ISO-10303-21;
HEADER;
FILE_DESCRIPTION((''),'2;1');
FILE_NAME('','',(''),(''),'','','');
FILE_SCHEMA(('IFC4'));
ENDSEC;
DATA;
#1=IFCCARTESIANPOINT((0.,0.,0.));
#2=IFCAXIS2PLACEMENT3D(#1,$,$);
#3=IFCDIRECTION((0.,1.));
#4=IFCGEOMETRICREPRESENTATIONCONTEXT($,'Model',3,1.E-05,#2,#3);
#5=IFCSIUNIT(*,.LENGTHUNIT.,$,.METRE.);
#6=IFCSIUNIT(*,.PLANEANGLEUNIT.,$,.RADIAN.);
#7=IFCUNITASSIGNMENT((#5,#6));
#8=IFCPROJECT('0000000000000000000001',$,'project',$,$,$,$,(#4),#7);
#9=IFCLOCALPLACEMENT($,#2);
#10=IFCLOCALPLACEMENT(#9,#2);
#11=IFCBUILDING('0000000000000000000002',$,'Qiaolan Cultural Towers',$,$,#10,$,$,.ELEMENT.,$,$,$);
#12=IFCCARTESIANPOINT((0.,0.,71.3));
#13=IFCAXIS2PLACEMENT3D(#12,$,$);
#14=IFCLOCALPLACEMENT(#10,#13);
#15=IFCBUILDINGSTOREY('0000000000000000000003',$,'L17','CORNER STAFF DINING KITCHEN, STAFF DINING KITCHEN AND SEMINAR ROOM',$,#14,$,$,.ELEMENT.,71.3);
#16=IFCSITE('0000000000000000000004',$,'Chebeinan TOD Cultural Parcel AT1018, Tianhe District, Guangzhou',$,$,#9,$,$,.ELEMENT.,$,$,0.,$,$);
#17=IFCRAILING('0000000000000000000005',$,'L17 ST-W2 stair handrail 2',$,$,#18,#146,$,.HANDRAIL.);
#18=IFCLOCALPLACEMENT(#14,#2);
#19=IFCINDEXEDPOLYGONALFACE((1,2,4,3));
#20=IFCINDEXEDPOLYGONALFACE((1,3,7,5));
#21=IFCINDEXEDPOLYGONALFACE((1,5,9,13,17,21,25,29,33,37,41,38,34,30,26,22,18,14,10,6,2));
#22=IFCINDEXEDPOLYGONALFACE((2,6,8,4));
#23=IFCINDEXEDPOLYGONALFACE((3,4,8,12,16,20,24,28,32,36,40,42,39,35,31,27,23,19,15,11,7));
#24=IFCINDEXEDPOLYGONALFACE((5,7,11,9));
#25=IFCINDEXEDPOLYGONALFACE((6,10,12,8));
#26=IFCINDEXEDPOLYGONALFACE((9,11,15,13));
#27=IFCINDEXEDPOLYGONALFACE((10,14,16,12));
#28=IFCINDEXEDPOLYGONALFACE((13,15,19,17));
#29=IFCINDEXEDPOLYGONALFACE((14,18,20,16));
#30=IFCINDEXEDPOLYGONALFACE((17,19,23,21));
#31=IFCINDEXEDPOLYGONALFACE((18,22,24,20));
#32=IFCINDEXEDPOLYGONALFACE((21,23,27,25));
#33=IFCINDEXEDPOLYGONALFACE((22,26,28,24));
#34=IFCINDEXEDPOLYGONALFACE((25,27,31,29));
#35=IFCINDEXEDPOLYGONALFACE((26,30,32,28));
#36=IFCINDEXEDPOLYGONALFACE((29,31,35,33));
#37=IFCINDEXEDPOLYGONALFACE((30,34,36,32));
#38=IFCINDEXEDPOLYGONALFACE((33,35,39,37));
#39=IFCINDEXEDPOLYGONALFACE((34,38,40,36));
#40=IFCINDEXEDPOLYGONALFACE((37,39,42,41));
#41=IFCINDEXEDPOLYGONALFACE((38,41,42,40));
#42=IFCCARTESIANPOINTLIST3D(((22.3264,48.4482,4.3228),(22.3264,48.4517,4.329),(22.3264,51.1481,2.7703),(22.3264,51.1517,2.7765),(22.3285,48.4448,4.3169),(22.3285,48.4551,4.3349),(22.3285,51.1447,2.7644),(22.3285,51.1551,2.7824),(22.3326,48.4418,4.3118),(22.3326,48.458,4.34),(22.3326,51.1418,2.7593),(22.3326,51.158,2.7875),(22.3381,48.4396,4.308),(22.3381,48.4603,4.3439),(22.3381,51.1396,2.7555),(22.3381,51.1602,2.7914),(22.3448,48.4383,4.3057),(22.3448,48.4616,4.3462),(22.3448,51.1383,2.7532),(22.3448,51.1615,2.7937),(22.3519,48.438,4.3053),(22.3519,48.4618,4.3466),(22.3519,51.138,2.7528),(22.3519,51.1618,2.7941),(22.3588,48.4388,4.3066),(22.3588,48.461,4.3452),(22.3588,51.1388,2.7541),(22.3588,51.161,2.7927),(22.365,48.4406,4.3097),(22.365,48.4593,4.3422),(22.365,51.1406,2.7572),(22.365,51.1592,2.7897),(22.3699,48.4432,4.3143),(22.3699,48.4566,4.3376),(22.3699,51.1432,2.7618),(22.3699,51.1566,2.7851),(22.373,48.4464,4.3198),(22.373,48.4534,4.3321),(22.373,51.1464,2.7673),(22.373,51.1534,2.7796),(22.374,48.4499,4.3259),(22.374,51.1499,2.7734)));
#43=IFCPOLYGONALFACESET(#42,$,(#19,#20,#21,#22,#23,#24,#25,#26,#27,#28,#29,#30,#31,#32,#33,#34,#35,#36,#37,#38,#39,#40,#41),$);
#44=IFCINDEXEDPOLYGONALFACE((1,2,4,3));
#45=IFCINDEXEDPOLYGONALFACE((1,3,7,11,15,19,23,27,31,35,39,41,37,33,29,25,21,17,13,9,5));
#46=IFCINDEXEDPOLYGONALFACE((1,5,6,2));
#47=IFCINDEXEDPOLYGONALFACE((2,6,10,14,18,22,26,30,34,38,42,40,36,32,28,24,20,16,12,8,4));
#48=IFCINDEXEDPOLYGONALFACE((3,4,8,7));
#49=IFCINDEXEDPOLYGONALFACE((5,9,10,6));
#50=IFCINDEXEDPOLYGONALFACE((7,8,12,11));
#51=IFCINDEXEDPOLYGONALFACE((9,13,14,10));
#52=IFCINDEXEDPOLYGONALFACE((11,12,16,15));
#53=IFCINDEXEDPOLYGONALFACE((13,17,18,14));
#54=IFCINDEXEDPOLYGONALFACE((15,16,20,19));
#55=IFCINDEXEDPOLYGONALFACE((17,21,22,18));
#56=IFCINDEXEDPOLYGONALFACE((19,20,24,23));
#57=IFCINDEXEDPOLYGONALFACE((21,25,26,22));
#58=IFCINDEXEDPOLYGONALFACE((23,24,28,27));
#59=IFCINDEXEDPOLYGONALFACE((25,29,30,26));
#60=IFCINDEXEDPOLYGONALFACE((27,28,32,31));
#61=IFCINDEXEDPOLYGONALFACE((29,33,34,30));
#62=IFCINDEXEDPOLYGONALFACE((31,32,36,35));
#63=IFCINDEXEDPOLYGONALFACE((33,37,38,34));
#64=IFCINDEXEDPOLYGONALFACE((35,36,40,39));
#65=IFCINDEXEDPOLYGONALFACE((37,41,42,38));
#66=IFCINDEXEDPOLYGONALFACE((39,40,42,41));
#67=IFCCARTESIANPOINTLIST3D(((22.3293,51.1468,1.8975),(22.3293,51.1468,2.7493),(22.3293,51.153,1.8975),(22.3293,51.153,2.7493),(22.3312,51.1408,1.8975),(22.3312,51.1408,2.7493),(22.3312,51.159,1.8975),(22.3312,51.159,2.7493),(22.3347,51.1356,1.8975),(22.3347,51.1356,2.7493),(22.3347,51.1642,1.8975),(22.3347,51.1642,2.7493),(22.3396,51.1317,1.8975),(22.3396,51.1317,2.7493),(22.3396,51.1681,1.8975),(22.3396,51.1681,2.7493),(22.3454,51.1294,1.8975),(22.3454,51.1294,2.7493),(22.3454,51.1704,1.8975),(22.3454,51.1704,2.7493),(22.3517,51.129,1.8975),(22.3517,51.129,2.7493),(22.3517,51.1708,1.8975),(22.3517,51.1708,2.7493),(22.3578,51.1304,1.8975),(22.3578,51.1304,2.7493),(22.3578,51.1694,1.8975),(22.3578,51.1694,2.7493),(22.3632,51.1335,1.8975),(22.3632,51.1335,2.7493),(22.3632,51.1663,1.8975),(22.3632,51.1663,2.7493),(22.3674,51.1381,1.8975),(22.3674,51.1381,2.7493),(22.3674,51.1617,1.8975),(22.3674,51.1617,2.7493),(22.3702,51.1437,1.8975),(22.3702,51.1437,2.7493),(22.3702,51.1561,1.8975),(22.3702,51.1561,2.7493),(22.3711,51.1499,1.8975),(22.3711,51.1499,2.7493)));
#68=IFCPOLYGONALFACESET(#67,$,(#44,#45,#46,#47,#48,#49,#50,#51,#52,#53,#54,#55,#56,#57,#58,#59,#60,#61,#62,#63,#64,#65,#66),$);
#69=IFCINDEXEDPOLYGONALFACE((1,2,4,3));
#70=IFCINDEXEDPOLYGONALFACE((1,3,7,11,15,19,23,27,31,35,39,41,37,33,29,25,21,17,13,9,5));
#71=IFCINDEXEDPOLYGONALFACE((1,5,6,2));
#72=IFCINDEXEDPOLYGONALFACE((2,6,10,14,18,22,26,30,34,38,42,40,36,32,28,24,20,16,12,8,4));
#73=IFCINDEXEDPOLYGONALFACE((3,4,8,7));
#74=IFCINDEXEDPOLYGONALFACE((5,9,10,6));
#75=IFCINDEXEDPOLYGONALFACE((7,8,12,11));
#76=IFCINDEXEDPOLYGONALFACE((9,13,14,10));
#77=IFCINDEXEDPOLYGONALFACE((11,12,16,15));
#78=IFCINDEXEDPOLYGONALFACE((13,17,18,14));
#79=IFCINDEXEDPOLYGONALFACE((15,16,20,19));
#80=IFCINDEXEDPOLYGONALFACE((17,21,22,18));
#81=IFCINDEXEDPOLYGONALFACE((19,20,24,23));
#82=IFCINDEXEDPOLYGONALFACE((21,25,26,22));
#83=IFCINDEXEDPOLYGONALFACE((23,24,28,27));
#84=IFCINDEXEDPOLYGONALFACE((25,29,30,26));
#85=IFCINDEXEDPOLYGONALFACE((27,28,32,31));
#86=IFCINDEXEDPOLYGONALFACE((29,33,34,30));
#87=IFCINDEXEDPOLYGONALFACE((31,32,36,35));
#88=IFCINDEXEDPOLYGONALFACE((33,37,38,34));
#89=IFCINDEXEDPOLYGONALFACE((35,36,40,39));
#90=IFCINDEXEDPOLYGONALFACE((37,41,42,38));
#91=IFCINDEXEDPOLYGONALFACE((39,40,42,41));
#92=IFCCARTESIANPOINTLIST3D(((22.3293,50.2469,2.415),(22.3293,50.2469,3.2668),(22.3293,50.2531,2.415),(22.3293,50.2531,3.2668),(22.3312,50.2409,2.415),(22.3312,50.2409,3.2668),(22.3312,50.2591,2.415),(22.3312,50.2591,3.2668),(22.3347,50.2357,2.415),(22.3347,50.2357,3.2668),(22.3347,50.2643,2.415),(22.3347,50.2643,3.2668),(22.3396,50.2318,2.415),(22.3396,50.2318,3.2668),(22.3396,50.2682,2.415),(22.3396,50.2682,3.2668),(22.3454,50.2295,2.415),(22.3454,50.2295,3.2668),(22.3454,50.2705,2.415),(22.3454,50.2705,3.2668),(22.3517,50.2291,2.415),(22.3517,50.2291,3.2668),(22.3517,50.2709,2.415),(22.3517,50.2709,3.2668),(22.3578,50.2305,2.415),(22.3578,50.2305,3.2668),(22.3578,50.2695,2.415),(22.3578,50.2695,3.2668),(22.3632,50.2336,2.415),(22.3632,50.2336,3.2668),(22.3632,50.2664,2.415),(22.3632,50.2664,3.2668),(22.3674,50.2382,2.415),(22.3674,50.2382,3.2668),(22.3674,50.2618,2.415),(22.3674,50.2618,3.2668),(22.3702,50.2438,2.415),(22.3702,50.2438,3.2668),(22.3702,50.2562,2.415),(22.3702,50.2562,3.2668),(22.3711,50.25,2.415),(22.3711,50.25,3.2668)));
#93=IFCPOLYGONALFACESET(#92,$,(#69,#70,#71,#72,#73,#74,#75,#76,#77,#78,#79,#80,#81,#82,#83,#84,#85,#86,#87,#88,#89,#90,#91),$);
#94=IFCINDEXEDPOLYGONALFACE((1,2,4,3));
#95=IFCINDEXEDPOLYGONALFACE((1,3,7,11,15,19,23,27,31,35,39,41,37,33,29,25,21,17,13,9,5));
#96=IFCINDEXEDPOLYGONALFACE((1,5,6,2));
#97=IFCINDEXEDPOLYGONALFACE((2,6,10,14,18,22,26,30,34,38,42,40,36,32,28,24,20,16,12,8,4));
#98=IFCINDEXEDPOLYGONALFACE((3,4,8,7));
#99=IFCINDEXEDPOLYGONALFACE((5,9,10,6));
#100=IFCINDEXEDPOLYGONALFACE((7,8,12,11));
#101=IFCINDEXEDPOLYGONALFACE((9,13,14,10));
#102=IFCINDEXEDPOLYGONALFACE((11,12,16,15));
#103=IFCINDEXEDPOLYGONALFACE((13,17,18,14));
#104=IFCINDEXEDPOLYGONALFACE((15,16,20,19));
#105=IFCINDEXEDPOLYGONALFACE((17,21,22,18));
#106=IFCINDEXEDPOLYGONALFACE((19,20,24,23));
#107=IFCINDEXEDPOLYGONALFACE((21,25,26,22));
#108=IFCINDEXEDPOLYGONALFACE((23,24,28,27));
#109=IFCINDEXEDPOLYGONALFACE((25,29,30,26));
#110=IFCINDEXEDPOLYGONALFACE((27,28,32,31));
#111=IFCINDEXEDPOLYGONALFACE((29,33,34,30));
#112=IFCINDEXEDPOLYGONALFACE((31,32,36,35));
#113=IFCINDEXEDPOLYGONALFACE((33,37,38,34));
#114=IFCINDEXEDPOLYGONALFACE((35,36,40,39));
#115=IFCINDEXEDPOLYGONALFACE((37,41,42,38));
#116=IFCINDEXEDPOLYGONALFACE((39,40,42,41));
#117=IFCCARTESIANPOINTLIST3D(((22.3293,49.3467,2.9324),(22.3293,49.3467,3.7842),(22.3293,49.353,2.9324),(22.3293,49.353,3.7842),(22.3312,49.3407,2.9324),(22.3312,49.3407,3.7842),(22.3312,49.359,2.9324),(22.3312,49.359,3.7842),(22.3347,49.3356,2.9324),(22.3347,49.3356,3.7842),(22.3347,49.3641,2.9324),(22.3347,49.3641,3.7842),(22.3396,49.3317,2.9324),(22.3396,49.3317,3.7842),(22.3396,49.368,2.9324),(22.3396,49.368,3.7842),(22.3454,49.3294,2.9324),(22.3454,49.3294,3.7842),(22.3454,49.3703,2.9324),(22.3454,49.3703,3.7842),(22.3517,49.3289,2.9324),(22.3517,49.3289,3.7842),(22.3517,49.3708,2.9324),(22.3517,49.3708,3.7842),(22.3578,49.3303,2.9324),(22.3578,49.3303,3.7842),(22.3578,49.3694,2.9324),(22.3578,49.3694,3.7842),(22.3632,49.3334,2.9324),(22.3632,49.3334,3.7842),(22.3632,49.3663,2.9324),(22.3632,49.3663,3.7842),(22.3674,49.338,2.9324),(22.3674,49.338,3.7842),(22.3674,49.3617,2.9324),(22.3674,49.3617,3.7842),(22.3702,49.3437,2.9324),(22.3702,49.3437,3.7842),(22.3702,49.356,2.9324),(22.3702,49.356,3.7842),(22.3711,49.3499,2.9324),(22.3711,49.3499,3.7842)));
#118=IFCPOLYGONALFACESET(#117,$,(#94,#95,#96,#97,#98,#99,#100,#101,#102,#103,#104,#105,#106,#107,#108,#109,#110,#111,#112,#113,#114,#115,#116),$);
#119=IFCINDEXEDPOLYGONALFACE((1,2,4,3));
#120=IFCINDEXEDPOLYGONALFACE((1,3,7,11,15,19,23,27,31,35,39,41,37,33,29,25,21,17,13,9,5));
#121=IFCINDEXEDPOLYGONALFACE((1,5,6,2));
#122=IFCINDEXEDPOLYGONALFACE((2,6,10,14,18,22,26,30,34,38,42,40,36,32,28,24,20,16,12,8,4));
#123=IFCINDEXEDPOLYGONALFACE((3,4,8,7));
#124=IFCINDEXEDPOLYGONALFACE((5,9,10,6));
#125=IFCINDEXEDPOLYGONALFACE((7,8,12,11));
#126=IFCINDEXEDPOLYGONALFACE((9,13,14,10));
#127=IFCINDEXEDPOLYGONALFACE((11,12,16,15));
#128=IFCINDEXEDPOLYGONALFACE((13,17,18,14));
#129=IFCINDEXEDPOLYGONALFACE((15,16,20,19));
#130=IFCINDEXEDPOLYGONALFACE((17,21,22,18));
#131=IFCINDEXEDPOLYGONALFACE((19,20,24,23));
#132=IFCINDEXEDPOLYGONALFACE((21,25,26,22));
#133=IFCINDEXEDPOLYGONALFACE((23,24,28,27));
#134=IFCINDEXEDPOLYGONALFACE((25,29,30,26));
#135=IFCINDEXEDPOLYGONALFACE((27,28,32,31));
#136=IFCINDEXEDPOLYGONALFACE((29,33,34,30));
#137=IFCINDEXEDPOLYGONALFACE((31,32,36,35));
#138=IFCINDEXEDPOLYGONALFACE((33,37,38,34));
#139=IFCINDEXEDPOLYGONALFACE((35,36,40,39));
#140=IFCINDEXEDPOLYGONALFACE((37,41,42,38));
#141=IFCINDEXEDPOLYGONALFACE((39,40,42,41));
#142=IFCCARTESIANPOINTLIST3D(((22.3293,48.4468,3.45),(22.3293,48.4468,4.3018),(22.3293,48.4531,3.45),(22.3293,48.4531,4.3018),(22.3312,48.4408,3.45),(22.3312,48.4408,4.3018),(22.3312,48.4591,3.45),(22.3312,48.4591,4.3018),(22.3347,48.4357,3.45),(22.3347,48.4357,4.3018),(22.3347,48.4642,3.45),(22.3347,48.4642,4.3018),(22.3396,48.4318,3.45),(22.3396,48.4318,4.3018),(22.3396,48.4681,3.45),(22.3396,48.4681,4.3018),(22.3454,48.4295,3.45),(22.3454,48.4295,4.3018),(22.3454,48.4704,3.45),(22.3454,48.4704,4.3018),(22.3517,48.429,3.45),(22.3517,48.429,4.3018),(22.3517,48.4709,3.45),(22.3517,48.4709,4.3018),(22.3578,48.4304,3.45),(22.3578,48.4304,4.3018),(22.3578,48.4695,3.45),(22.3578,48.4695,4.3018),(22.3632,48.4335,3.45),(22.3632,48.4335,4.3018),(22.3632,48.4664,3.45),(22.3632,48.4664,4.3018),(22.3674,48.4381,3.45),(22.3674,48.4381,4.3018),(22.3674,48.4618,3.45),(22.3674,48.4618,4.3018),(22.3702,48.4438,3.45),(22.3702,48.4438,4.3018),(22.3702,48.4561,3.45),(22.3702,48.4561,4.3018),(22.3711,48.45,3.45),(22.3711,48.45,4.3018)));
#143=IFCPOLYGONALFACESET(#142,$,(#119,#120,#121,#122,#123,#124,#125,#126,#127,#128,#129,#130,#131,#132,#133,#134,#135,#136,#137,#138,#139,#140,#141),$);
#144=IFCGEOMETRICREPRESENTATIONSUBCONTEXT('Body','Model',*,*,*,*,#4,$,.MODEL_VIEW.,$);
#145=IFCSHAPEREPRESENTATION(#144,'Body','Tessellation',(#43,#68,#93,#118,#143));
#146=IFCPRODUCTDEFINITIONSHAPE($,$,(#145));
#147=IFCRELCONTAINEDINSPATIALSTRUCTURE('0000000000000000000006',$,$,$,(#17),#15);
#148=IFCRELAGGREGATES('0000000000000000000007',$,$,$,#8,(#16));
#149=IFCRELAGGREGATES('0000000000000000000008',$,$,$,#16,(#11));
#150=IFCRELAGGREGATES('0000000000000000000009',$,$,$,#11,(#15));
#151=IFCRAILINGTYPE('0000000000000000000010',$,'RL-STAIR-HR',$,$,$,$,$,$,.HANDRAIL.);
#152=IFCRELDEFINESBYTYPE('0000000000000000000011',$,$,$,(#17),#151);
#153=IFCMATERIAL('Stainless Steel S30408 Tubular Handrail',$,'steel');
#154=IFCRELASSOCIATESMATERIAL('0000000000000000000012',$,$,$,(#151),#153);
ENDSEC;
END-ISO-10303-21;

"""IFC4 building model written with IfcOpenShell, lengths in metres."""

from ifc_helpers import new_model, si_unit, direction, frame, origin, origin_2d, place, context, subcontext, project, spatial, circle, extrude, material, type_object, element, save


model = new_model("IFC4")

# Units and contexts
model_context = context("Model", 3, precision=1e-05, world=origin(), true_north=direction((0.0, 1.0)))
body_context = subcontext(model_context, "Body", "Model", "MODEL_VIEW")
ifc_project = project(units=[si_unit("LENGTHUNIT", "METRE"), si_unit("PLANEANGLEUNIT", "RADIAN")], contexts=[model_context])

# Site, building, storey
site_placement = place(None, origin())
site = spatial("IfcSite", under=ifc_project, at=site_placement, Name="Chebeinan TOD Cultural Parcel AT1018, Tianhe District, Guangzhou", CompositionType="ELEMENT", RefElevation=0.0)
building_placement = place(site_placement, origin())
building = spatial("IfcBuilding", under=site, at=building_placement, Name="Qiaolan Cultural Towers", CompositionType="ELEMENT")
storey_placement = place(building_placement, frame((0.0, 0.0, 71.3)))
storey = spatial("IfcBuildingStorey", under=building, at=storey_placement, Name="L17", Description="CORNER STAFF DINING KITCHEN, STAFF DINING KITCHEN AND SEMINAR ROOM", CompositionType="ELEMENT", Elevation=71.3)

# Railing
ifc_material_1 = material(Name="Stainless Steel S30408 Tubular Handrail", Category="steel")
railing_type_1 = type_object("IfcRailingType", Name="RL-STAIR-HR", PredefinedType="HANDRAIL", material=ifc_material_1)
railing_1_placement = place(storey_placement, frame((22.3501, 51.1499, 1.8975)))
element("IfcRailing", 1, at=railing_1_placement, inside=storey, type_object=railing_type_1, Name="L17 ST-W2 stair handrail 2", PredefinedType="HANDRAIL", context=body_context, shape_type="SweptSolid", body=[
    extrude(circle(Radius=0.0239, at=origin_2d()), frame((0.0, 0.0, 0.876), z_axis=(0.0, -0.866904, 0.498476), x_axis=(1.0, 0.0, 0.0)), (0.0, 0.0, 1.0), 3.1145),
    extrude(circle(Radius=0.021, at=origin_2d()), origin(), (0.0, 0.0, 1.0), 0.8518),
    extrude(circle(Radius=0.021, at=origin_2d()), frame((0.0, -0.8999, 0.5176)), (0.0, 0.0, 1.0), 0.8518),
    extrude(circle(Radius=0.021, at=origin_2d()), frame((0.0, -1.8, 1.0349)), (0.0, 0.0, 1.0), 0.8518),
    extrude(circle(Radius=0.021, at=origin_2d()), frame((0.0, -2.7, 1.5525)), (0.0, 0.0, 1.0), 0.8518),
])

save(model, "model.ifc")
